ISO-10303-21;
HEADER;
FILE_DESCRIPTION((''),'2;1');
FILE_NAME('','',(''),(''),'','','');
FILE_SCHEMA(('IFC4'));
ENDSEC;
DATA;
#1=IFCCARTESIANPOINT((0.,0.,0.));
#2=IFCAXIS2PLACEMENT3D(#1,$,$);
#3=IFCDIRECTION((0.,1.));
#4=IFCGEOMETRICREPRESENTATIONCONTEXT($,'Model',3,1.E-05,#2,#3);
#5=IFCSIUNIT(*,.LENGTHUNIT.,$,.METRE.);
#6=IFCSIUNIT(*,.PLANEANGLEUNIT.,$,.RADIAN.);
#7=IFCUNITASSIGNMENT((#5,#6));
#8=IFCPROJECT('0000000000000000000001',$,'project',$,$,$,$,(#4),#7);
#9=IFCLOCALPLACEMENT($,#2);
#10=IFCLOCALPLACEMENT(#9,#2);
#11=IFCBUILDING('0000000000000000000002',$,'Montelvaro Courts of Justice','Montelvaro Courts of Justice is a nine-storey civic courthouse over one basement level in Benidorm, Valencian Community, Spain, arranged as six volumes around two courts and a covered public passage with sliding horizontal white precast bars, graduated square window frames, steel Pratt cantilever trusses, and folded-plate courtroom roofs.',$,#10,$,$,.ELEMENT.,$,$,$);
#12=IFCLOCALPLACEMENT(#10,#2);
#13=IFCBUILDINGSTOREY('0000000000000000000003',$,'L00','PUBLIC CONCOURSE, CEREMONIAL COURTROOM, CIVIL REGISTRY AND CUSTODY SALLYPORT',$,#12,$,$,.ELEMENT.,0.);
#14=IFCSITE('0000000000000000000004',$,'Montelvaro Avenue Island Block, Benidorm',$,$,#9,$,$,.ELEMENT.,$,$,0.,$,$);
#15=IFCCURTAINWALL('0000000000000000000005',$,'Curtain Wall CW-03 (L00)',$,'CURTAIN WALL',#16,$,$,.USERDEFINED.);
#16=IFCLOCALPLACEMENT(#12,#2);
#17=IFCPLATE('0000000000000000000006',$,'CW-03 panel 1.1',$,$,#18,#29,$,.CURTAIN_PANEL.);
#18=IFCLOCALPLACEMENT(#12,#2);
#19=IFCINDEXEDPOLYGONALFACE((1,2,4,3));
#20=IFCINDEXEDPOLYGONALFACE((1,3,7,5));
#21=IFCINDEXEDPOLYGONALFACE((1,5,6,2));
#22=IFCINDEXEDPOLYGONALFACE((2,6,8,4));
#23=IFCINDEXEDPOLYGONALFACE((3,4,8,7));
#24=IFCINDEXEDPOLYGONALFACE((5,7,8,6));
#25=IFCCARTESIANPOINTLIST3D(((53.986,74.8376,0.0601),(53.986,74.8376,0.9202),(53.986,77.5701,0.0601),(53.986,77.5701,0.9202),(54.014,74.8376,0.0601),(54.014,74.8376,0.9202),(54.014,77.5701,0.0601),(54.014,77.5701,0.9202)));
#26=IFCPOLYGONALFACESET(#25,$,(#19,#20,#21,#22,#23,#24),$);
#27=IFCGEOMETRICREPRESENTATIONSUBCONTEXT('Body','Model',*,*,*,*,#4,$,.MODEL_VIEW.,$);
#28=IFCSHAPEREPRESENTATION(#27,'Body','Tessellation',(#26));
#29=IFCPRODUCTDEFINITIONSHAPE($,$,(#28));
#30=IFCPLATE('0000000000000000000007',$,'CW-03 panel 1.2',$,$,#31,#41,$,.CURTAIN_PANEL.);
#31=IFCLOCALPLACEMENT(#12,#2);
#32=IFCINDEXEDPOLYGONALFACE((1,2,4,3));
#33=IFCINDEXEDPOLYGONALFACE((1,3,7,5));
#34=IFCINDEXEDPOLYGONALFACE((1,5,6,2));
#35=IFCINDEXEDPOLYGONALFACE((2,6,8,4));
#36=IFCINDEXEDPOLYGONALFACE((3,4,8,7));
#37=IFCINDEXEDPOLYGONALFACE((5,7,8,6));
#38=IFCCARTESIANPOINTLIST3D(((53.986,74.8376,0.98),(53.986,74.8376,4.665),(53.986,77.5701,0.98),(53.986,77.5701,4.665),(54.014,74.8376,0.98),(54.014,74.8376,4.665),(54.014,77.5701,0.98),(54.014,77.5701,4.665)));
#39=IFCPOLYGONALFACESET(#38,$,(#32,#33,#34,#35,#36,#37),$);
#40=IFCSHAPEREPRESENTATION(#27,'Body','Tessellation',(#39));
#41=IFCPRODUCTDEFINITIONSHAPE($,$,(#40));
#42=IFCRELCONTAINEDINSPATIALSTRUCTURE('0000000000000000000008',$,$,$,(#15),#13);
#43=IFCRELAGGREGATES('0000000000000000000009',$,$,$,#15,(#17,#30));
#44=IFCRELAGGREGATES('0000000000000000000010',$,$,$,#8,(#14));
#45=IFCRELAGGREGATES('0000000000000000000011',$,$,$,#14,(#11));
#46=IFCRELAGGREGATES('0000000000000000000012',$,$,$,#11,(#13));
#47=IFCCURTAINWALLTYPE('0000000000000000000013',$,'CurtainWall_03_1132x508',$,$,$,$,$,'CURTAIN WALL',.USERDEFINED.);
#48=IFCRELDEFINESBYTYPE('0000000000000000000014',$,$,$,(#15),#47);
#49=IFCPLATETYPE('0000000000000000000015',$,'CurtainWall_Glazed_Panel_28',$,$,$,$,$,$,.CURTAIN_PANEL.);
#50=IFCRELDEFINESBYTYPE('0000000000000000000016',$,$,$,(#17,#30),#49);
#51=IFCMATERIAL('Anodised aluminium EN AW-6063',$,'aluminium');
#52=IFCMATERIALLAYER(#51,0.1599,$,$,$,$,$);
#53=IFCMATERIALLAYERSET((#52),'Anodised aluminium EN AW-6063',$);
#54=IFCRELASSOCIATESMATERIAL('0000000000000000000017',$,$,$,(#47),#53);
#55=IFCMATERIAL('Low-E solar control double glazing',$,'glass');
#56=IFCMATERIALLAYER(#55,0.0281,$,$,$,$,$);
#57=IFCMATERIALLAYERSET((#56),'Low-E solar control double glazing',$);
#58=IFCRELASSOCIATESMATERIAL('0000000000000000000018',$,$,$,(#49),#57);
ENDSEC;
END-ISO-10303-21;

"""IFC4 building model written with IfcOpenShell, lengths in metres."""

from ifc_helpers import new_model, si_unit, direction, frame, origin, origin_2d, place, context, subcontext, project, spatial, rectangle, extrude, material, layer, layer_set, type_object, element, aggregate, save


model = new_model("IFC4")

# Units and contexts
model_context = context("Model", 3, precision=1e-05, world=origin(), true_north=direction((0.0, 1.0)))
body_context = subcontext(model_context, "Body", "Model", "MODEL_VIEW")
ifc_project = project(units=[si_unit("LENGTHUNIT", "METRE"), si_unit("PLANEANGLEUNIT", "RADIAN")], contexts=[model_context])

# Site, building, storey
site_placement = place(None, origin())
site = spatial("IfcSite", under=ifc_project, at=site_placement, Name="Montelvaro Avenue Island Block, Benidorm", CompositionType="ELEMENT", RefElevation=0.0)
building_placement = place(site_placement, origin())
building = spatial("IfcBuilding", under=site, at=building_placement, Name="Montelvaro Courts of Justice", Description="Montelvaro Courts of Justice is a nine-storey civic courthouse over one basement level in Benidorm, Valencian Community, Spain, arranged as six volumes around two courts and a covered public passage with sliding horizontal white precast bars, graduated square window frames, steel Pratt cantilever trusses, and folded-plate courtroom roofs.", CompositionType="ELEMENT")
storey_placement = place(building_placement, origin())
storey = spatial("IfcBuildingStorey", under=building, at=storey_placement, Name="L00", Description="PUBLIC CONCOURSE, CEREMONIAL COURTROOM, CIVIL REGISTRY AND CUSTODY SALLYPORT", CompositionType="ELEMENT", Elevation=0.0)

# Shared definitions
ifc_material_1 = material(Name="Anodised aluminium EN AW-6063", Category="aluminium")

# Curtain wall
ifc_layer_1 = layer(ifc_material_1, 0.1599)
ifc_layer_set_1 = layer_set([ifc_layer_1], Name="Anodised aluminium EN AW-6063")
curtain_wall_type_1 = type_object("IfcCurtainWallType", Name="CurtainWall_03_1132x508", ElementType="CURTAIN WALL", PredefinedType="USERDEFINED", material=ifc_layer_set_1)
curtain_wall_1_placement = place(storey_placement, origin())
curtain_wall_1 = element("IfcCurtainWall", 1, at=curtain_wall_1_placement, inside=storey, type_object=curtain_wall_type_1, Name="Curtain Wall CW-03 (L00)", ObjectType="CURTAIN WALL", PredefinedType="USERDEFINED")

# Plates
ifc_material_2 = material(Name="Low-E solar control double glazing", Category="glass")
ifc_layer_2 = layer(ifc_material_2, 0.0281)
ifc_layer_set_2 = layer_set([ifc_layer_2], Name="Low-E solar control double glazing")
plate_type = type_object("IfcPlateType", Name="CurtainWall_Glazed_Panel_28", PredefinedType="CURTAIN_PANEL", material=ifc_layer_set_2)
plate_1_placement = place(storey_placement, frame((54.0, 76.2039, 0.0601), z_axis=(0.0, 0.0, 1.0), x_axis=(0.0, -1.0, 0.0)))
plate_1 = element("IfcPlate", 2, at=plate_1_placement, type_object=plate_type, Name="CW-03 panel 1.1", PredefinedType="CURTAIN_PANEL", context=body_context, shape_type="SweptSolid", body=[
    extrude(rectangle(XDim=2.7324, YDim=0.0281, at=origin_2d()), origin(), (0.0, 0.0, 1.0), 0.8601),
])
plate_2_placement = place(storey_placement, frame((54.0, 76.2039, 0.98), z_axis=(0.0, 0.0, 1.0), x_axis=(0.0, -1.0, 0.0)))
plate_2 = element("IfcPlate", 3, at=plate_2_placement, type_object=plate_type, Name="CW-03 panel 1.2", PredefinedType="CURTAIN_PANEL", context=body_context, shape_type="SweptSolid", body=[
    extrude(rectangle(XDim=2.7324, YDim=0.0281, at=origin_2d()), origin(), (0.0, 0.0, 1.0), 3.6851),
])
aggregate(curtain_wall_1, [plate_1, plate_2])

save(model, "model.ifc")
